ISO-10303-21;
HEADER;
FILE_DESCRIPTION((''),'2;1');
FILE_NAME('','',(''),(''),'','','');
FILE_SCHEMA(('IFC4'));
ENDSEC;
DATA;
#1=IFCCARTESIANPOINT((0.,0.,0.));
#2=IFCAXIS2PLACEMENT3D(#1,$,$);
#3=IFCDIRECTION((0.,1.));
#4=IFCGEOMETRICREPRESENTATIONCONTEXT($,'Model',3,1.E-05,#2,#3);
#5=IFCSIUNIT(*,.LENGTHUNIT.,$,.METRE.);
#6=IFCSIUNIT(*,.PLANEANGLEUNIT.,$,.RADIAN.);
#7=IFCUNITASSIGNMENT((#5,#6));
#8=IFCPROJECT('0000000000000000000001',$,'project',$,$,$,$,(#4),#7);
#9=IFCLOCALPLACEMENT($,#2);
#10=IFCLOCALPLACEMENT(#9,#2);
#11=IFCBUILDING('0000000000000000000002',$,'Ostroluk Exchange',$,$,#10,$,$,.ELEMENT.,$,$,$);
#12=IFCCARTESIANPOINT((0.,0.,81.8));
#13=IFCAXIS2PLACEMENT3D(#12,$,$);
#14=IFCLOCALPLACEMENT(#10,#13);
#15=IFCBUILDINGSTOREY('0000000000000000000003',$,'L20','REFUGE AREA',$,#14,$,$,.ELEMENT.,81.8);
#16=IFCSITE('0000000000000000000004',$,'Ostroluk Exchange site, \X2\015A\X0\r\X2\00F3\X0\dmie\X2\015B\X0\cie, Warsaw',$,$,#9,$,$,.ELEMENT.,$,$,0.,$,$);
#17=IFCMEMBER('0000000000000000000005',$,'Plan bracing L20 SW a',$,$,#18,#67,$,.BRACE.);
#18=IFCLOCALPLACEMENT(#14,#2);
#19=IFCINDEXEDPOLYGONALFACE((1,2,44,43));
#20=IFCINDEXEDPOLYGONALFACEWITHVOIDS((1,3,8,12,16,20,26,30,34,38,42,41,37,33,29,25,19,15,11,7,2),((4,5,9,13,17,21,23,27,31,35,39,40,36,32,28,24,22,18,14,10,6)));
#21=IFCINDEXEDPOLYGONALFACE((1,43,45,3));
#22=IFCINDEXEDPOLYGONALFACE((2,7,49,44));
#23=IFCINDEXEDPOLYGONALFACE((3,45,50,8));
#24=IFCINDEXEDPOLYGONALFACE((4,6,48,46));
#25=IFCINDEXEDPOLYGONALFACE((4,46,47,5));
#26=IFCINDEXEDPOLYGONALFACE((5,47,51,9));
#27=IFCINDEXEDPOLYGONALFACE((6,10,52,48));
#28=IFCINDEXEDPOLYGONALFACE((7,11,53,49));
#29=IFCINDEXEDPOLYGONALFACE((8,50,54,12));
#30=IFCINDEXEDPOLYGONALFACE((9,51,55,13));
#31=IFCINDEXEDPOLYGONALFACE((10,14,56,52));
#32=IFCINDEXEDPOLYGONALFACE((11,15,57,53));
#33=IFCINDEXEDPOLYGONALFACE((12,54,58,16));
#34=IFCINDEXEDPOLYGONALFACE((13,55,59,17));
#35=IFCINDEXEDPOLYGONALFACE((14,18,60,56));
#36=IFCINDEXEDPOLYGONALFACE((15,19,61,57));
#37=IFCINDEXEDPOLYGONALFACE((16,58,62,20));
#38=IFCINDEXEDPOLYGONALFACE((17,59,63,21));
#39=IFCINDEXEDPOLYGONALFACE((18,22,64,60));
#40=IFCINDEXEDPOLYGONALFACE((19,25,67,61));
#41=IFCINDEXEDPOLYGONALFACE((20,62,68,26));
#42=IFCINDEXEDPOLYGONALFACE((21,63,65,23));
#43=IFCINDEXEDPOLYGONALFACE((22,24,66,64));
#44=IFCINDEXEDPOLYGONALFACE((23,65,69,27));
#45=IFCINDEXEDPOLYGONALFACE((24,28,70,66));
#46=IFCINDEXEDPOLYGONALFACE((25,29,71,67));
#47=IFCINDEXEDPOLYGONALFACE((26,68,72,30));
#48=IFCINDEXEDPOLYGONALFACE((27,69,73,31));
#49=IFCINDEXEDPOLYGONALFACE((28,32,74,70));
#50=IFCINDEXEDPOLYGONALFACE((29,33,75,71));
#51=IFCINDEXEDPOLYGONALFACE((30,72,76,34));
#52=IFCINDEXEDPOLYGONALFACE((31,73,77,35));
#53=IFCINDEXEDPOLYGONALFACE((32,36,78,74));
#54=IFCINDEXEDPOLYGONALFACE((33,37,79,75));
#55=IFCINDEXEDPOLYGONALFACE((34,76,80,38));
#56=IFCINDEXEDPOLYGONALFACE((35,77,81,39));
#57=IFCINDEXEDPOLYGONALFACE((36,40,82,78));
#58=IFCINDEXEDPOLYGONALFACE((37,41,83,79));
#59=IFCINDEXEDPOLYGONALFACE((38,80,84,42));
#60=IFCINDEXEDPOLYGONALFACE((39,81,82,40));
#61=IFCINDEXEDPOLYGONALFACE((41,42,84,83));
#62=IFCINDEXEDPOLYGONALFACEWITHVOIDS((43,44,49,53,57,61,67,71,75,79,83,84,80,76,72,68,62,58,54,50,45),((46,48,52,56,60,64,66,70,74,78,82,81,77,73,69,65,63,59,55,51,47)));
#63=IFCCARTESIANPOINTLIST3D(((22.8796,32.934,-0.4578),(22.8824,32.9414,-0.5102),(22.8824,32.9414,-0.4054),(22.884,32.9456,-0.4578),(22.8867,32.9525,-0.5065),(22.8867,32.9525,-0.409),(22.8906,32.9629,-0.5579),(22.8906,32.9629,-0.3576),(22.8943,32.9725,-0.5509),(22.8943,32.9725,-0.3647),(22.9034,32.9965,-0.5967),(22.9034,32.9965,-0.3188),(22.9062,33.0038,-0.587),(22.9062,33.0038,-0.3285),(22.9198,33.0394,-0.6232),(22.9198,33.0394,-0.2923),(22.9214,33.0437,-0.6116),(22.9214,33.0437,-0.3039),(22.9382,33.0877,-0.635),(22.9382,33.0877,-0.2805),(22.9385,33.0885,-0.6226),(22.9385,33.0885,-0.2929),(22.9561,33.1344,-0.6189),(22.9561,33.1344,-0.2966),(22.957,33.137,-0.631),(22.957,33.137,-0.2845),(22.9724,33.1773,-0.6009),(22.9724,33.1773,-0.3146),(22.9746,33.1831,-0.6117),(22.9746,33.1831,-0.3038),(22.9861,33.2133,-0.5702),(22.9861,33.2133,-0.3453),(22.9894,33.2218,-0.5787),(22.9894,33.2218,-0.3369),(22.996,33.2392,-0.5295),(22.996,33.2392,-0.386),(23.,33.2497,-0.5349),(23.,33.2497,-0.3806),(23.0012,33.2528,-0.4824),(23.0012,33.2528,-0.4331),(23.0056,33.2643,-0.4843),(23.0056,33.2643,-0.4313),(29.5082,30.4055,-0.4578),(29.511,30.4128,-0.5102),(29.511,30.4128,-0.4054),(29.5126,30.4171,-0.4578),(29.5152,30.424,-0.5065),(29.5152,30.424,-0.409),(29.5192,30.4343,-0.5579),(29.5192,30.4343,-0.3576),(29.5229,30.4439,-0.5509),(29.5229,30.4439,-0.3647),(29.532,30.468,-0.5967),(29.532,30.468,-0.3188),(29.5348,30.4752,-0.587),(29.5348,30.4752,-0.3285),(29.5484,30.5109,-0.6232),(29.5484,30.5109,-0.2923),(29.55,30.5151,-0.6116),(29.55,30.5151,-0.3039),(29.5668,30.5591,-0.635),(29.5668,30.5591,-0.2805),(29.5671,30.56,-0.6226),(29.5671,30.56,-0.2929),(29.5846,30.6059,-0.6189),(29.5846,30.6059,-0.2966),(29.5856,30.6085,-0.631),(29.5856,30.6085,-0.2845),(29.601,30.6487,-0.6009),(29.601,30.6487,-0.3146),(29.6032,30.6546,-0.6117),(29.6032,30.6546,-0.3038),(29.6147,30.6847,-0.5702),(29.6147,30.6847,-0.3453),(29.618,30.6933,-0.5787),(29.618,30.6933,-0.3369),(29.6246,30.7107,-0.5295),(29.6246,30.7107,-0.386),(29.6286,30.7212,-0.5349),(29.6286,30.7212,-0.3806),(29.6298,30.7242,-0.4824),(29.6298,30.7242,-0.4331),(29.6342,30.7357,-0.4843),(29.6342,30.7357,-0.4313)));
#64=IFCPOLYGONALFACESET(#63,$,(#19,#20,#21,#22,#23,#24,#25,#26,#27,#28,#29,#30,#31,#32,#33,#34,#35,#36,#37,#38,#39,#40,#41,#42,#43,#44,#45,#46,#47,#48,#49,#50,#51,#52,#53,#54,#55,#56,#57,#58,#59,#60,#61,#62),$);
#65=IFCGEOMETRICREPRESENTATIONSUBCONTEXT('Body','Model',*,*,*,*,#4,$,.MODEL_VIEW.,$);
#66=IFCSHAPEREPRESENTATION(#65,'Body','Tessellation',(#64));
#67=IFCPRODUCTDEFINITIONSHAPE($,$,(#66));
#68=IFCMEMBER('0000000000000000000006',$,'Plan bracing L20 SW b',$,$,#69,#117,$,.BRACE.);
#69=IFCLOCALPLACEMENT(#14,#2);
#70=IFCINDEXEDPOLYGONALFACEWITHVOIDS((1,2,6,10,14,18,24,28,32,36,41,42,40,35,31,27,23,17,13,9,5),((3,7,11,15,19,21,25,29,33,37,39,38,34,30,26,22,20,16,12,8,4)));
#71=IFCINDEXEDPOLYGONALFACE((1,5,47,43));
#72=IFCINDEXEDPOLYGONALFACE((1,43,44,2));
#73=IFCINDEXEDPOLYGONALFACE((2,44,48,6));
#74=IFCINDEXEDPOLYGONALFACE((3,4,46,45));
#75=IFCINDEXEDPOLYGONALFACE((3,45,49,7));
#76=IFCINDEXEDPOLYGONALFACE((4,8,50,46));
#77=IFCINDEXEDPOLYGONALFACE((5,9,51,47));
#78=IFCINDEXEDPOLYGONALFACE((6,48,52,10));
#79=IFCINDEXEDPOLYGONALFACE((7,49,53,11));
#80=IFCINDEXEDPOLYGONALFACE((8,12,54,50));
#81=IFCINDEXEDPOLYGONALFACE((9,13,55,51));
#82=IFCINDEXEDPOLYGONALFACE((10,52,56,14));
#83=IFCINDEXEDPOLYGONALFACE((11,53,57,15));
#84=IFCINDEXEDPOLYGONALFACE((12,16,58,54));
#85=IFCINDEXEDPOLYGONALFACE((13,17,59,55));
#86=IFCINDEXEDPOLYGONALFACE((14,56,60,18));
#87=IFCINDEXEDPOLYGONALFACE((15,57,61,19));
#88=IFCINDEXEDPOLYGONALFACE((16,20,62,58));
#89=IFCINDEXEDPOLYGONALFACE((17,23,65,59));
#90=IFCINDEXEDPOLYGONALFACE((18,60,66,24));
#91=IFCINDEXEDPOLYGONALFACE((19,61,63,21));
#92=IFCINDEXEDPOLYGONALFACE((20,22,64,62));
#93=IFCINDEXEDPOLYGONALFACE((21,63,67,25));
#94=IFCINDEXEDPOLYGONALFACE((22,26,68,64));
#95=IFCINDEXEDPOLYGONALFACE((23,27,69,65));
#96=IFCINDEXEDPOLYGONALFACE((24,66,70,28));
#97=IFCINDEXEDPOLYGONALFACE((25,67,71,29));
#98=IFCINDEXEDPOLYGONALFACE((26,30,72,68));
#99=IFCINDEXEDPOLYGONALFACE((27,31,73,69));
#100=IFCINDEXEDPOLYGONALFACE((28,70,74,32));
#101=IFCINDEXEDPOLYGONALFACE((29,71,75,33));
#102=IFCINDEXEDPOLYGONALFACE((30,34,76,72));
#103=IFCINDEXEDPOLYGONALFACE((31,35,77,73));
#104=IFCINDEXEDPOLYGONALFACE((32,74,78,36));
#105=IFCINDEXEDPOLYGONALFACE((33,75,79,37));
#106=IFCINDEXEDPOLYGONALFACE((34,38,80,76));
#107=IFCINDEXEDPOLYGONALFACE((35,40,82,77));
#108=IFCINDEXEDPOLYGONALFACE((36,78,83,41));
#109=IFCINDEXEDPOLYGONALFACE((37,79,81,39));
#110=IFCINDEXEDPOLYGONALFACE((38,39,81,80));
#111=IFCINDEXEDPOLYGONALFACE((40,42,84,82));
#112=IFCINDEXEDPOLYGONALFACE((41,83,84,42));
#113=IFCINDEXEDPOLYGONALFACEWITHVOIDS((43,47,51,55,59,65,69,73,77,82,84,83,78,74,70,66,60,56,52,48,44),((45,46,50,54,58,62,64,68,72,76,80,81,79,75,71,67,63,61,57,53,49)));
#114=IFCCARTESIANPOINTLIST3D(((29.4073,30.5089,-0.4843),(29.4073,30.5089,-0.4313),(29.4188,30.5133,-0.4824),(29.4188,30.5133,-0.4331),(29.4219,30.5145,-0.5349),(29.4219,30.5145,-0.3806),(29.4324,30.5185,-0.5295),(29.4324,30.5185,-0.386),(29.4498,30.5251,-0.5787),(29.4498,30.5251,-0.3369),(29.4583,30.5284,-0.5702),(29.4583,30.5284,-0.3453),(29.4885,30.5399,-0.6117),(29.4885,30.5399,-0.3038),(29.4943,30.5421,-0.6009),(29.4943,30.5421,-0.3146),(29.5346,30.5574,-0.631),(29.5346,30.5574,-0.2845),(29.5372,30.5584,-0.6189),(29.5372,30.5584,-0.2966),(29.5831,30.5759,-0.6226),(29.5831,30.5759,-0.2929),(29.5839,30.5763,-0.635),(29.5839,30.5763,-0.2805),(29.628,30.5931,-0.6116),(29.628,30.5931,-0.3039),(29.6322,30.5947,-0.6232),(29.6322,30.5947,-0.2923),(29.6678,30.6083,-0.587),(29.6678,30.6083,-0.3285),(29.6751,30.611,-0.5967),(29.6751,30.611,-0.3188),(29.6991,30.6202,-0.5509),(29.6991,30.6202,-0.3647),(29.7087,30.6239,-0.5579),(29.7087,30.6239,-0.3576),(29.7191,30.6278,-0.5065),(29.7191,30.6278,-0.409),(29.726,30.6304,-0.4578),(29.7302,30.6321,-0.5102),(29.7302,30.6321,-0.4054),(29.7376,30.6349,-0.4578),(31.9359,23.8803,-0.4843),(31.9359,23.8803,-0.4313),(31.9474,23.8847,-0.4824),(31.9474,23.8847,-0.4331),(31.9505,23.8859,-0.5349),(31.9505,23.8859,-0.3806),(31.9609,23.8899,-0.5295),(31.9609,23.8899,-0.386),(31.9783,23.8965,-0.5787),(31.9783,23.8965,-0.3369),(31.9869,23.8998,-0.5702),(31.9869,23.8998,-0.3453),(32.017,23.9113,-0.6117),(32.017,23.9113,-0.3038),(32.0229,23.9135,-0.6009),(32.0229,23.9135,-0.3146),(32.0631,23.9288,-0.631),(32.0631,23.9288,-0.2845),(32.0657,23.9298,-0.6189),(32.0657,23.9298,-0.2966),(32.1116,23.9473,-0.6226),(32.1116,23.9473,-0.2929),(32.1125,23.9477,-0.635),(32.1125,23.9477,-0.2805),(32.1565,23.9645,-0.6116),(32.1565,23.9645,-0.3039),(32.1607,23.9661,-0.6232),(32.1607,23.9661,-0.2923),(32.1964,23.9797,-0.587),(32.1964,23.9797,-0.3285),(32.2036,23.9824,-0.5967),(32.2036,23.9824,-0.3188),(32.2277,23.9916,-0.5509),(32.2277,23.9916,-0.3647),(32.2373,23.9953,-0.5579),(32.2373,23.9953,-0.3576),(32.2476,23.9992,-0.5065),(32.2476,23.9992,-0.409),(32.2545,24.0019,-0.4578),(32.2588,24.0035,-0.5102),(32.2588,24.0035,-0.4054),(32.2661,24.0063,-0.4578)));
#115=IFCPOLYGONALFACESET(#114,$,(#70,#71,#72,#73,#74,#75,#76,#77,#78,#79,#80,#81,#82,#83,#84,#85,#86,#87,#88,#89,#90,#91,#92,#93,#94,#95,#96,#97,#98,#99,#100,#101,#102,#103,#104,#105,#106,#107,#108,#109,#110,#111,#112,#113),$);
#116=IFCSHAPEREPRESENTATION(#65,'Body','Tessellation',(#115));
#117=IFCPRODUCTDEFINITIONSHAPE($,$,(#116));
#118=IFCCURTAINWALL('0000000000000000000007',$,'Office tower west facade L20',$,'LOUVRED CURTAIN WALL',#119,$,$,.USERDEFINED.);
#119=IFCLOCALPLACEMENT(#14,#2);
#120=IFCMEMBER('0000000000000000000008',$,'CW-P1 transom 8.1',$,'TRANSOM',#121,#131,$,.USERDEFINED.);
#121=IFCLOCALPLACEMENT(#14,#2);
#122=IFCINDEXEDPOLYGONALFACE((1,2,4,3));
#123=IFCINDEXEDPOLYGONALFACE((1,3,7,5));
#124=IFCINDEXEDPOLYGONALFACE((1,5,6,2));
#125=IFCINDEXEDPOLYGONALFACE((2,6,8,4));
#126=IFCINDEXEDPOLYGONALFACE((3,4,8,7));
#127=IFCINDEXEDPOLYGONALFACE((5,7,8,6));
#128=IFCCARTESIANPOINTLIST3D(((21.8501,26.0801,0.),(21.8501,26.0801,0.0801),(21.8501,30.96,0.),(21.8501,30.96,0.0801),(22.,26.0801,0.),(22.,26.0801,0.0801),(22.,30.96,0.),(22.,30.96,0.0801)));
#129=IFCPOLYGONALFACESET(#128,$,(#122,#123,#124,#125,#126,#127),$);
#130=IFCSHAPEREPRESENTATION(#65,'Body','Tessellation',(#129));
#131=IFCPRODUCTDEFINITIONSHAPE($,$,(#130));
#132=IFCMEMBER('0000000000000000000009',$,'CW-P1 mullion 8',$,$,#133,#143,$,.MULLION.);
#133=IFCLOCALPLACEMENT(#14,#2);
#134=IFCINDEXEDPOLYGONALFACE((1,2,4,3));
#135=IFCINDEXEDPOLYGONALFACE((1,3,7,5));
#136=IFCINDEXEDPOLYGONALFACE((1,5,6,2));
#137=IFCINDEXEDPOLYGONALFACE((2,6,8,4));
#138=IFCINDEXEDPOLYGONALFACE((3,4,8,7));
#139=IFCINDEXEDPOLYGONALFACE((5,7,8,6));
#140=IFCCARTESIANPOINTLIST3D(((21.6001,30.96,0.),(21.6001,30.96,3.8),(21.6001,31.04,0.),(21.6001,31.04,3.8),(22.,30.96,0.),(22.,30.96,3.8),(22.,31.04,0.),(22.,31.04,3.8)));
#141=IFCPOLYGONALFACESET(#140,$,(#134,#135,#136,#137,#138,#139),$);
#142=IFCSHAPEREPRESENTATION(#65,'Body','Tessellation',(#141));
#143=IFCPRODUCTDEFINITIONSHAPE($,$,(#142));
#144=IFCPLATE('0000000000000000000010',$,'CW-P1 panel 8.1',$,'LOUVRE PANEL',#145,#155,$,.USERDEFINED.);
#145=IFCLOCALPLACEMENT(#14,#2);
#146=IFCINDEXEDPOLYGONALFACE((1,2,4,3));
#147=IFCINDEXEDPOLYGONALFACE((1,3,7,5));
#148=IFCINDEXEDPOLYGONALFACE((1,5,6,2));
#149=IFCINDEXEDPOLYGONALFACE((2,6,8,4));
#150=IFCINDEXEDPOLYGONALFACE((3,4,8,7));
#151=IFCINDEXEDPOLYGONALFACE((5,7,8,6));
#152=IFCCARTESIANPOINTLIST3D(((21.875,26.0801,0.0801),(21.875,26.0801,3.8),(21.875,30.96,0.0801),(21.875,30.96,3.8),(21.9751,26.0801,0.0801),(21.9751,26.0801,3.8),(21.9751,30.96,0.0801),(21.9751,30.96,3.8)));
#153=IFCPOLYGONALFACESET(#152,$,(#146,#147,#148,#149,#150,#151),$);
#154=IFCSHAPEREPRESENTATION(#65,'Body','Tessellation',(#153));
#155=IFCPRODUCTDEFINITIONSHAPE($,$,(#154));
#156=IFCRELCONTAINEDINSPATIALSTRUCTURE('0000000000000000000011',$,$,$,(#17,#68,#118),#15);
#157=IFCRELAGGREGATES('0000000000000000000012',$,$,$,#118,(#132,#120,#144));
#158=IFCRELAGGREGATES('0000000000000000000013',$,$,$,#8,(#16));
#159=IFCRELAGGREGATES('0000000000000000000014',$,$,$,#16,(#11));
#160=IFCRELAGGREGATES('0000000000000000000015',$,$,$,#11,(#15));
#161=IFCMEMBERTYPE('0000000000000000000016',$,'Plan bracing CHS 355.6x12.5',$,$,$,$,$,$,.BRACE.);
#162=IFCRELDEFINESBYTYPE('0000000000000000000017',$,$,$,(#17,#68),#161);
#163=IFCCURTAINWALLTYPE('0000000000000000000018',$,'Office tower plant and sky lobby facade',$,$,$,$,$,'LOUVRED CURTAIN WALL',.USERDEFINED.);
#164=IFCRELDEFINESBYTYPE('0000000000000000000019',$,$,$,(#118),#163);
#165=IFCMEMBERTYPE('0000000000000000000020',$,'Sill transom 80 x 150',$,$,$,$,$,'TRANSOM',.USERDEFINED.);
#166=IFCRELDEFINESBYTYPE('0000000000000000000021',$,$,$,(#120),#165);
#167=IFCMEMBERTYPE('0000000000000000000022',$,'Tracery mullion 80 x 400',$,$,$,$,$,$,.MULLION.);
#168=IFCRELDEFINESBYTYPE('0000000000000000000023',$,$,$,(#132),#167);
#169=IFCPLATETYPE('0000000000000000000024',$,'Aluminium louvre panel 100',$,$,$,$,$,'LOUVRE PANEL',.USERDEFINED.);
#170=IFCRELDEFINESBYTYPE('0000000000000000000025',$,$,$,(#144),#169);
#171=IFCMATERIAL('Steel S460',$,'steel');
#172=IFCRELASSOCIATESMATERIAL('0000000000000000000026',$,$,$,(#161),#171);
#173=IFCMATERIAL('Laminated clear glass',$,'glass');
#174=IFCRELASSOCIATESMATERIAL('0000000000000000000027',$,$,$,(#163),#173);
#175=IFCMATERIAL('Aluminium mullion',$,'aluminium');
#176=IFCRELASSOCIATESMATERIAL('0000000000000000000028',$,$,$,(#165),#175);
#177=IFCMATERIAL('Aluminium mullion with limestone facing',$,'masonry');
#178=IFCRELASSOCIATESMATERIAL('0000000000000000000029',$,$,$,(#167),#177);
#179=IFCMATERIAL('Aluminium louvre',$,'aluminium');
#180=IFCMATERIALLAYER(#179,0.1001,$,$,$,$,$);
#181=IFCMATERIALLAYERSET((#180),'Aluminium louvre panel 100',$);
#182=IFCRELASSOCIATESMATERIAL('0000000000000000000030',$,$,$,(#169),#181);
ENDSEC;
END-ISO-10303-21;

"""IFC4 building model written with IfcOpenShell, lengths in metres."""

from ifc_helpers import new_model, si_unit, direction, frame, origin, origin_2d, place, context, subcontext, project, spatial, rectangle, hollow_circle, extrude, material, layer, layer_set, material_profile, profile_set, type_object, element, aggregate, save


model = new_model("IFC4")

# Units and contexts
model_context = context("Model", 3, precision=1e-05, world=origin(), true_north=direction((0.0, 1.0)))
body_context = subcontext(model_context, "Body", "Model", "MODEL_VIEW")
ifc_project = project(units=[si_unit("LENGTHUNIT", "METRE"), si_unit("PLANEANGLEUNIT", "RADIAN")], contexts=[model_context])

# Site, building, storey
site_placement = place(None, origin())
site = spatial("IfcSite", under=ifc_project, at=site_placement, Name="Ostroluk Exchange site, Śródmieście, Warsaw", CompositionType="ELEMENT", RefElevation=0.0)
building_placement = place(site_placement, origin())
building = spatial("IfcBuilding", under=site, at=building_placement, Name="Ostroluk Exchange", CompositionType="ELEMENT")
storey_placement = place(building_placement, frame((0.0, 0.0, 81.8)))
storey = spatial("IfcBuildingStorey", under=building, at=storey_placement, Name="L20", Description="REFUGE AREA", CompositionType="ELEMENT", Elevation=81.8)

# Members
ifc_material_1 = material(Name="Steel S460", Category="steel")
ifc_material_profile_1 = material_profile(ifc_material_1, hollow_circle(Radius=0.1777, WallThickness=0.0125, at=origin_2d()), Name="CHS 355.6x12.5")
ifc_profile_set_1 = profile_set([ifc_material_profile_1], Name="Steel S460")
member_type_1 = type_object("IfcMemberType", Name="Plan bracing CHS 355.6x12.5", PredefinedType="BRACE", material=ifc_profile_set_1)
for number, where, z_axis, x_axis, name in (
    (1, (29.5715, 30.5715, -0.4578), (-0.93433, 0.356409, 0.0), (-0.356409, -0.93433, 0.0), "Plan bracing L20 SW a"),
    (2, (29.5715, 30.5715, -0.4578), (0.356409, -0.93433, 0.0), (0.93433, 0.356409, 0.0), "Plan bracing L20 SW b"),
):
    element("IfcMember", number, at=place(storey_placement, frame(where, z_axis=z_axis, x_axis=x_axis)), inside=storey, type_object=member_type_1, Name=name, PredefinedType="BRACE", context=body_context, shape_type="SweptSolid", body=[
        extrude(hollow_circle(Radius=0.1777, WallThickness=0.0125, at=origin_2d()), origin(), (0.0, 0.0, 1.0), 7.0945),
    ])

# Curtain wall, members, plate
ifc_material_2 = material(Name="Laminated clear glass", Category="glass")
curtain_wall_type = type_object("IfcCurtainWallType", Name="Office tower plant and sky lobby facade", ElementType="LOUVRED CURTAIN WALL", PredefinedType="USERDEFINED", material=ifc_material_2)
curtain_wall_placement = place(storey_placement, origin())
curtain_wall = element("IfcCurtainWall", 3, at=curtain_wall_placement, inside=storey, type_object=curtain_wall_type, Name="Office tower west facade L20", ObjectType="LOUVRED CURTAIN WALL", PredefinedType="USERDEFINED")
ifc_material_3 = material(Name="Aluminium mullion", Category="aluminium")
ifc_material_profile_2 = material_profile(ifc_material_3, rectangle(XDim=0.1499, YDim=0.0801, at=origin_2d()), Name="Sill transom 80 x 150")
ifc_profile_set_2 = profile_set([ifc_material_profile_2], Name="Aluminium mullion")
member_type_2 = type_object("IfcMemberType", Name="Sill transom 80 x 150", ElementType="TRANSOM", PredefinedType="USERDEFINED", material=ifc_profile_set_2)
member_1_placement = place(storey_placement, frame((21.925, 30.96, 0.04), z_axis=(0.0, -1.0, 0.0), x_axis=(1.0, 0.0, 0.0)))
member_1 = element("IfcMember", 4, at=member_1_placement, type_object=member_type_2, Name="CW-P1 transom 8.1", ObjectType="TRANSOM", PredefinedType="USERDEFINED", context=body_context, shape_type="SweptSolid", body=[
    extrude(rectangle(XDim=0.1499, YDim=0.0801, at=origin_2d()), origin(), (0.0, 0.0, 1.0), 4.8799),
])
ifc_material_4 = material(Name="Aluminium mullion with limestone facing", Category="masonry")
ifc_material_profile_3 = material_profile(ifc_material_4, rectangle(XDim=0.3999, YDim=0.0801, at=origin_2d()), Name="Tracery mullion 80 x 400")
ifc_profile_set_3 = profile_set([ifc_material_profile_3], Name="Aluminium mullion with limestone facing")
member_type_3 = type_object("IfcMemberType", Name="Tracery mullion 80 x 400", PredefinedType="MULLION", material=ifc_profile_set_3)
member_2_placement = place(storey_placement, frame((21.8, 31.0, 0.0), z_axis=(0.0, 0.0, 1.0), x_axis=(1.0, 0.0, 0.0)))
member_2 = element("IfcMember", 5, at=member_2_placement, type_object=member_type_3, Name="CW-P1 mullion 8", PredefinedType="MULLION", context=body_context, shape_type="SweptSolid", body=[
    extrude(rectangle(XDim=0.3999, YDim=0.0801, at=origin_2d()), origin(), (0.0, 0.0, 1.0), 3.8),
])
ifc_material_5 = material(Name="Aluminium louvre", Category="aluminium")
ifc_layer_1 = layer(ifc_material_5, 0.1001)
ifc_layer_set_1 = layer_set([ifc_layer_1], Name="Aluminium louvre panel 100")
plate_type = type_object("IfcPlateType", Name="Aluminium louvre panel 100", ElementType="LOUVRE PANEL", PredefinedType="USERDEFINED", material=ifc_layer_set_1)
plate_placement = place(storey_placement, frame((21.925, 28.52, 0.0801), z_axis=(0.0, 0.0, 1.0), x_axis=(0.0, -1.0, 0.0)))
plate = element("IfcPlate", 6, at=plate_placement, type_object=plate_type, Name="CW-P1 panel 8.1", ObjectType="LOUVRE PANEL", PredefinedType="USERDEFINED", context=body_context, shape_type="SweptSolid", body=[
    extrude(rectangle(XDim=4.8799, YDim=0.1001, at=origin_2d()), origin(), (0.0, 0.0, 1.0), 3.72),
])
aggregate(curtain_wall, [member_2, member_1, plate])

save(model, "model.ifc")
